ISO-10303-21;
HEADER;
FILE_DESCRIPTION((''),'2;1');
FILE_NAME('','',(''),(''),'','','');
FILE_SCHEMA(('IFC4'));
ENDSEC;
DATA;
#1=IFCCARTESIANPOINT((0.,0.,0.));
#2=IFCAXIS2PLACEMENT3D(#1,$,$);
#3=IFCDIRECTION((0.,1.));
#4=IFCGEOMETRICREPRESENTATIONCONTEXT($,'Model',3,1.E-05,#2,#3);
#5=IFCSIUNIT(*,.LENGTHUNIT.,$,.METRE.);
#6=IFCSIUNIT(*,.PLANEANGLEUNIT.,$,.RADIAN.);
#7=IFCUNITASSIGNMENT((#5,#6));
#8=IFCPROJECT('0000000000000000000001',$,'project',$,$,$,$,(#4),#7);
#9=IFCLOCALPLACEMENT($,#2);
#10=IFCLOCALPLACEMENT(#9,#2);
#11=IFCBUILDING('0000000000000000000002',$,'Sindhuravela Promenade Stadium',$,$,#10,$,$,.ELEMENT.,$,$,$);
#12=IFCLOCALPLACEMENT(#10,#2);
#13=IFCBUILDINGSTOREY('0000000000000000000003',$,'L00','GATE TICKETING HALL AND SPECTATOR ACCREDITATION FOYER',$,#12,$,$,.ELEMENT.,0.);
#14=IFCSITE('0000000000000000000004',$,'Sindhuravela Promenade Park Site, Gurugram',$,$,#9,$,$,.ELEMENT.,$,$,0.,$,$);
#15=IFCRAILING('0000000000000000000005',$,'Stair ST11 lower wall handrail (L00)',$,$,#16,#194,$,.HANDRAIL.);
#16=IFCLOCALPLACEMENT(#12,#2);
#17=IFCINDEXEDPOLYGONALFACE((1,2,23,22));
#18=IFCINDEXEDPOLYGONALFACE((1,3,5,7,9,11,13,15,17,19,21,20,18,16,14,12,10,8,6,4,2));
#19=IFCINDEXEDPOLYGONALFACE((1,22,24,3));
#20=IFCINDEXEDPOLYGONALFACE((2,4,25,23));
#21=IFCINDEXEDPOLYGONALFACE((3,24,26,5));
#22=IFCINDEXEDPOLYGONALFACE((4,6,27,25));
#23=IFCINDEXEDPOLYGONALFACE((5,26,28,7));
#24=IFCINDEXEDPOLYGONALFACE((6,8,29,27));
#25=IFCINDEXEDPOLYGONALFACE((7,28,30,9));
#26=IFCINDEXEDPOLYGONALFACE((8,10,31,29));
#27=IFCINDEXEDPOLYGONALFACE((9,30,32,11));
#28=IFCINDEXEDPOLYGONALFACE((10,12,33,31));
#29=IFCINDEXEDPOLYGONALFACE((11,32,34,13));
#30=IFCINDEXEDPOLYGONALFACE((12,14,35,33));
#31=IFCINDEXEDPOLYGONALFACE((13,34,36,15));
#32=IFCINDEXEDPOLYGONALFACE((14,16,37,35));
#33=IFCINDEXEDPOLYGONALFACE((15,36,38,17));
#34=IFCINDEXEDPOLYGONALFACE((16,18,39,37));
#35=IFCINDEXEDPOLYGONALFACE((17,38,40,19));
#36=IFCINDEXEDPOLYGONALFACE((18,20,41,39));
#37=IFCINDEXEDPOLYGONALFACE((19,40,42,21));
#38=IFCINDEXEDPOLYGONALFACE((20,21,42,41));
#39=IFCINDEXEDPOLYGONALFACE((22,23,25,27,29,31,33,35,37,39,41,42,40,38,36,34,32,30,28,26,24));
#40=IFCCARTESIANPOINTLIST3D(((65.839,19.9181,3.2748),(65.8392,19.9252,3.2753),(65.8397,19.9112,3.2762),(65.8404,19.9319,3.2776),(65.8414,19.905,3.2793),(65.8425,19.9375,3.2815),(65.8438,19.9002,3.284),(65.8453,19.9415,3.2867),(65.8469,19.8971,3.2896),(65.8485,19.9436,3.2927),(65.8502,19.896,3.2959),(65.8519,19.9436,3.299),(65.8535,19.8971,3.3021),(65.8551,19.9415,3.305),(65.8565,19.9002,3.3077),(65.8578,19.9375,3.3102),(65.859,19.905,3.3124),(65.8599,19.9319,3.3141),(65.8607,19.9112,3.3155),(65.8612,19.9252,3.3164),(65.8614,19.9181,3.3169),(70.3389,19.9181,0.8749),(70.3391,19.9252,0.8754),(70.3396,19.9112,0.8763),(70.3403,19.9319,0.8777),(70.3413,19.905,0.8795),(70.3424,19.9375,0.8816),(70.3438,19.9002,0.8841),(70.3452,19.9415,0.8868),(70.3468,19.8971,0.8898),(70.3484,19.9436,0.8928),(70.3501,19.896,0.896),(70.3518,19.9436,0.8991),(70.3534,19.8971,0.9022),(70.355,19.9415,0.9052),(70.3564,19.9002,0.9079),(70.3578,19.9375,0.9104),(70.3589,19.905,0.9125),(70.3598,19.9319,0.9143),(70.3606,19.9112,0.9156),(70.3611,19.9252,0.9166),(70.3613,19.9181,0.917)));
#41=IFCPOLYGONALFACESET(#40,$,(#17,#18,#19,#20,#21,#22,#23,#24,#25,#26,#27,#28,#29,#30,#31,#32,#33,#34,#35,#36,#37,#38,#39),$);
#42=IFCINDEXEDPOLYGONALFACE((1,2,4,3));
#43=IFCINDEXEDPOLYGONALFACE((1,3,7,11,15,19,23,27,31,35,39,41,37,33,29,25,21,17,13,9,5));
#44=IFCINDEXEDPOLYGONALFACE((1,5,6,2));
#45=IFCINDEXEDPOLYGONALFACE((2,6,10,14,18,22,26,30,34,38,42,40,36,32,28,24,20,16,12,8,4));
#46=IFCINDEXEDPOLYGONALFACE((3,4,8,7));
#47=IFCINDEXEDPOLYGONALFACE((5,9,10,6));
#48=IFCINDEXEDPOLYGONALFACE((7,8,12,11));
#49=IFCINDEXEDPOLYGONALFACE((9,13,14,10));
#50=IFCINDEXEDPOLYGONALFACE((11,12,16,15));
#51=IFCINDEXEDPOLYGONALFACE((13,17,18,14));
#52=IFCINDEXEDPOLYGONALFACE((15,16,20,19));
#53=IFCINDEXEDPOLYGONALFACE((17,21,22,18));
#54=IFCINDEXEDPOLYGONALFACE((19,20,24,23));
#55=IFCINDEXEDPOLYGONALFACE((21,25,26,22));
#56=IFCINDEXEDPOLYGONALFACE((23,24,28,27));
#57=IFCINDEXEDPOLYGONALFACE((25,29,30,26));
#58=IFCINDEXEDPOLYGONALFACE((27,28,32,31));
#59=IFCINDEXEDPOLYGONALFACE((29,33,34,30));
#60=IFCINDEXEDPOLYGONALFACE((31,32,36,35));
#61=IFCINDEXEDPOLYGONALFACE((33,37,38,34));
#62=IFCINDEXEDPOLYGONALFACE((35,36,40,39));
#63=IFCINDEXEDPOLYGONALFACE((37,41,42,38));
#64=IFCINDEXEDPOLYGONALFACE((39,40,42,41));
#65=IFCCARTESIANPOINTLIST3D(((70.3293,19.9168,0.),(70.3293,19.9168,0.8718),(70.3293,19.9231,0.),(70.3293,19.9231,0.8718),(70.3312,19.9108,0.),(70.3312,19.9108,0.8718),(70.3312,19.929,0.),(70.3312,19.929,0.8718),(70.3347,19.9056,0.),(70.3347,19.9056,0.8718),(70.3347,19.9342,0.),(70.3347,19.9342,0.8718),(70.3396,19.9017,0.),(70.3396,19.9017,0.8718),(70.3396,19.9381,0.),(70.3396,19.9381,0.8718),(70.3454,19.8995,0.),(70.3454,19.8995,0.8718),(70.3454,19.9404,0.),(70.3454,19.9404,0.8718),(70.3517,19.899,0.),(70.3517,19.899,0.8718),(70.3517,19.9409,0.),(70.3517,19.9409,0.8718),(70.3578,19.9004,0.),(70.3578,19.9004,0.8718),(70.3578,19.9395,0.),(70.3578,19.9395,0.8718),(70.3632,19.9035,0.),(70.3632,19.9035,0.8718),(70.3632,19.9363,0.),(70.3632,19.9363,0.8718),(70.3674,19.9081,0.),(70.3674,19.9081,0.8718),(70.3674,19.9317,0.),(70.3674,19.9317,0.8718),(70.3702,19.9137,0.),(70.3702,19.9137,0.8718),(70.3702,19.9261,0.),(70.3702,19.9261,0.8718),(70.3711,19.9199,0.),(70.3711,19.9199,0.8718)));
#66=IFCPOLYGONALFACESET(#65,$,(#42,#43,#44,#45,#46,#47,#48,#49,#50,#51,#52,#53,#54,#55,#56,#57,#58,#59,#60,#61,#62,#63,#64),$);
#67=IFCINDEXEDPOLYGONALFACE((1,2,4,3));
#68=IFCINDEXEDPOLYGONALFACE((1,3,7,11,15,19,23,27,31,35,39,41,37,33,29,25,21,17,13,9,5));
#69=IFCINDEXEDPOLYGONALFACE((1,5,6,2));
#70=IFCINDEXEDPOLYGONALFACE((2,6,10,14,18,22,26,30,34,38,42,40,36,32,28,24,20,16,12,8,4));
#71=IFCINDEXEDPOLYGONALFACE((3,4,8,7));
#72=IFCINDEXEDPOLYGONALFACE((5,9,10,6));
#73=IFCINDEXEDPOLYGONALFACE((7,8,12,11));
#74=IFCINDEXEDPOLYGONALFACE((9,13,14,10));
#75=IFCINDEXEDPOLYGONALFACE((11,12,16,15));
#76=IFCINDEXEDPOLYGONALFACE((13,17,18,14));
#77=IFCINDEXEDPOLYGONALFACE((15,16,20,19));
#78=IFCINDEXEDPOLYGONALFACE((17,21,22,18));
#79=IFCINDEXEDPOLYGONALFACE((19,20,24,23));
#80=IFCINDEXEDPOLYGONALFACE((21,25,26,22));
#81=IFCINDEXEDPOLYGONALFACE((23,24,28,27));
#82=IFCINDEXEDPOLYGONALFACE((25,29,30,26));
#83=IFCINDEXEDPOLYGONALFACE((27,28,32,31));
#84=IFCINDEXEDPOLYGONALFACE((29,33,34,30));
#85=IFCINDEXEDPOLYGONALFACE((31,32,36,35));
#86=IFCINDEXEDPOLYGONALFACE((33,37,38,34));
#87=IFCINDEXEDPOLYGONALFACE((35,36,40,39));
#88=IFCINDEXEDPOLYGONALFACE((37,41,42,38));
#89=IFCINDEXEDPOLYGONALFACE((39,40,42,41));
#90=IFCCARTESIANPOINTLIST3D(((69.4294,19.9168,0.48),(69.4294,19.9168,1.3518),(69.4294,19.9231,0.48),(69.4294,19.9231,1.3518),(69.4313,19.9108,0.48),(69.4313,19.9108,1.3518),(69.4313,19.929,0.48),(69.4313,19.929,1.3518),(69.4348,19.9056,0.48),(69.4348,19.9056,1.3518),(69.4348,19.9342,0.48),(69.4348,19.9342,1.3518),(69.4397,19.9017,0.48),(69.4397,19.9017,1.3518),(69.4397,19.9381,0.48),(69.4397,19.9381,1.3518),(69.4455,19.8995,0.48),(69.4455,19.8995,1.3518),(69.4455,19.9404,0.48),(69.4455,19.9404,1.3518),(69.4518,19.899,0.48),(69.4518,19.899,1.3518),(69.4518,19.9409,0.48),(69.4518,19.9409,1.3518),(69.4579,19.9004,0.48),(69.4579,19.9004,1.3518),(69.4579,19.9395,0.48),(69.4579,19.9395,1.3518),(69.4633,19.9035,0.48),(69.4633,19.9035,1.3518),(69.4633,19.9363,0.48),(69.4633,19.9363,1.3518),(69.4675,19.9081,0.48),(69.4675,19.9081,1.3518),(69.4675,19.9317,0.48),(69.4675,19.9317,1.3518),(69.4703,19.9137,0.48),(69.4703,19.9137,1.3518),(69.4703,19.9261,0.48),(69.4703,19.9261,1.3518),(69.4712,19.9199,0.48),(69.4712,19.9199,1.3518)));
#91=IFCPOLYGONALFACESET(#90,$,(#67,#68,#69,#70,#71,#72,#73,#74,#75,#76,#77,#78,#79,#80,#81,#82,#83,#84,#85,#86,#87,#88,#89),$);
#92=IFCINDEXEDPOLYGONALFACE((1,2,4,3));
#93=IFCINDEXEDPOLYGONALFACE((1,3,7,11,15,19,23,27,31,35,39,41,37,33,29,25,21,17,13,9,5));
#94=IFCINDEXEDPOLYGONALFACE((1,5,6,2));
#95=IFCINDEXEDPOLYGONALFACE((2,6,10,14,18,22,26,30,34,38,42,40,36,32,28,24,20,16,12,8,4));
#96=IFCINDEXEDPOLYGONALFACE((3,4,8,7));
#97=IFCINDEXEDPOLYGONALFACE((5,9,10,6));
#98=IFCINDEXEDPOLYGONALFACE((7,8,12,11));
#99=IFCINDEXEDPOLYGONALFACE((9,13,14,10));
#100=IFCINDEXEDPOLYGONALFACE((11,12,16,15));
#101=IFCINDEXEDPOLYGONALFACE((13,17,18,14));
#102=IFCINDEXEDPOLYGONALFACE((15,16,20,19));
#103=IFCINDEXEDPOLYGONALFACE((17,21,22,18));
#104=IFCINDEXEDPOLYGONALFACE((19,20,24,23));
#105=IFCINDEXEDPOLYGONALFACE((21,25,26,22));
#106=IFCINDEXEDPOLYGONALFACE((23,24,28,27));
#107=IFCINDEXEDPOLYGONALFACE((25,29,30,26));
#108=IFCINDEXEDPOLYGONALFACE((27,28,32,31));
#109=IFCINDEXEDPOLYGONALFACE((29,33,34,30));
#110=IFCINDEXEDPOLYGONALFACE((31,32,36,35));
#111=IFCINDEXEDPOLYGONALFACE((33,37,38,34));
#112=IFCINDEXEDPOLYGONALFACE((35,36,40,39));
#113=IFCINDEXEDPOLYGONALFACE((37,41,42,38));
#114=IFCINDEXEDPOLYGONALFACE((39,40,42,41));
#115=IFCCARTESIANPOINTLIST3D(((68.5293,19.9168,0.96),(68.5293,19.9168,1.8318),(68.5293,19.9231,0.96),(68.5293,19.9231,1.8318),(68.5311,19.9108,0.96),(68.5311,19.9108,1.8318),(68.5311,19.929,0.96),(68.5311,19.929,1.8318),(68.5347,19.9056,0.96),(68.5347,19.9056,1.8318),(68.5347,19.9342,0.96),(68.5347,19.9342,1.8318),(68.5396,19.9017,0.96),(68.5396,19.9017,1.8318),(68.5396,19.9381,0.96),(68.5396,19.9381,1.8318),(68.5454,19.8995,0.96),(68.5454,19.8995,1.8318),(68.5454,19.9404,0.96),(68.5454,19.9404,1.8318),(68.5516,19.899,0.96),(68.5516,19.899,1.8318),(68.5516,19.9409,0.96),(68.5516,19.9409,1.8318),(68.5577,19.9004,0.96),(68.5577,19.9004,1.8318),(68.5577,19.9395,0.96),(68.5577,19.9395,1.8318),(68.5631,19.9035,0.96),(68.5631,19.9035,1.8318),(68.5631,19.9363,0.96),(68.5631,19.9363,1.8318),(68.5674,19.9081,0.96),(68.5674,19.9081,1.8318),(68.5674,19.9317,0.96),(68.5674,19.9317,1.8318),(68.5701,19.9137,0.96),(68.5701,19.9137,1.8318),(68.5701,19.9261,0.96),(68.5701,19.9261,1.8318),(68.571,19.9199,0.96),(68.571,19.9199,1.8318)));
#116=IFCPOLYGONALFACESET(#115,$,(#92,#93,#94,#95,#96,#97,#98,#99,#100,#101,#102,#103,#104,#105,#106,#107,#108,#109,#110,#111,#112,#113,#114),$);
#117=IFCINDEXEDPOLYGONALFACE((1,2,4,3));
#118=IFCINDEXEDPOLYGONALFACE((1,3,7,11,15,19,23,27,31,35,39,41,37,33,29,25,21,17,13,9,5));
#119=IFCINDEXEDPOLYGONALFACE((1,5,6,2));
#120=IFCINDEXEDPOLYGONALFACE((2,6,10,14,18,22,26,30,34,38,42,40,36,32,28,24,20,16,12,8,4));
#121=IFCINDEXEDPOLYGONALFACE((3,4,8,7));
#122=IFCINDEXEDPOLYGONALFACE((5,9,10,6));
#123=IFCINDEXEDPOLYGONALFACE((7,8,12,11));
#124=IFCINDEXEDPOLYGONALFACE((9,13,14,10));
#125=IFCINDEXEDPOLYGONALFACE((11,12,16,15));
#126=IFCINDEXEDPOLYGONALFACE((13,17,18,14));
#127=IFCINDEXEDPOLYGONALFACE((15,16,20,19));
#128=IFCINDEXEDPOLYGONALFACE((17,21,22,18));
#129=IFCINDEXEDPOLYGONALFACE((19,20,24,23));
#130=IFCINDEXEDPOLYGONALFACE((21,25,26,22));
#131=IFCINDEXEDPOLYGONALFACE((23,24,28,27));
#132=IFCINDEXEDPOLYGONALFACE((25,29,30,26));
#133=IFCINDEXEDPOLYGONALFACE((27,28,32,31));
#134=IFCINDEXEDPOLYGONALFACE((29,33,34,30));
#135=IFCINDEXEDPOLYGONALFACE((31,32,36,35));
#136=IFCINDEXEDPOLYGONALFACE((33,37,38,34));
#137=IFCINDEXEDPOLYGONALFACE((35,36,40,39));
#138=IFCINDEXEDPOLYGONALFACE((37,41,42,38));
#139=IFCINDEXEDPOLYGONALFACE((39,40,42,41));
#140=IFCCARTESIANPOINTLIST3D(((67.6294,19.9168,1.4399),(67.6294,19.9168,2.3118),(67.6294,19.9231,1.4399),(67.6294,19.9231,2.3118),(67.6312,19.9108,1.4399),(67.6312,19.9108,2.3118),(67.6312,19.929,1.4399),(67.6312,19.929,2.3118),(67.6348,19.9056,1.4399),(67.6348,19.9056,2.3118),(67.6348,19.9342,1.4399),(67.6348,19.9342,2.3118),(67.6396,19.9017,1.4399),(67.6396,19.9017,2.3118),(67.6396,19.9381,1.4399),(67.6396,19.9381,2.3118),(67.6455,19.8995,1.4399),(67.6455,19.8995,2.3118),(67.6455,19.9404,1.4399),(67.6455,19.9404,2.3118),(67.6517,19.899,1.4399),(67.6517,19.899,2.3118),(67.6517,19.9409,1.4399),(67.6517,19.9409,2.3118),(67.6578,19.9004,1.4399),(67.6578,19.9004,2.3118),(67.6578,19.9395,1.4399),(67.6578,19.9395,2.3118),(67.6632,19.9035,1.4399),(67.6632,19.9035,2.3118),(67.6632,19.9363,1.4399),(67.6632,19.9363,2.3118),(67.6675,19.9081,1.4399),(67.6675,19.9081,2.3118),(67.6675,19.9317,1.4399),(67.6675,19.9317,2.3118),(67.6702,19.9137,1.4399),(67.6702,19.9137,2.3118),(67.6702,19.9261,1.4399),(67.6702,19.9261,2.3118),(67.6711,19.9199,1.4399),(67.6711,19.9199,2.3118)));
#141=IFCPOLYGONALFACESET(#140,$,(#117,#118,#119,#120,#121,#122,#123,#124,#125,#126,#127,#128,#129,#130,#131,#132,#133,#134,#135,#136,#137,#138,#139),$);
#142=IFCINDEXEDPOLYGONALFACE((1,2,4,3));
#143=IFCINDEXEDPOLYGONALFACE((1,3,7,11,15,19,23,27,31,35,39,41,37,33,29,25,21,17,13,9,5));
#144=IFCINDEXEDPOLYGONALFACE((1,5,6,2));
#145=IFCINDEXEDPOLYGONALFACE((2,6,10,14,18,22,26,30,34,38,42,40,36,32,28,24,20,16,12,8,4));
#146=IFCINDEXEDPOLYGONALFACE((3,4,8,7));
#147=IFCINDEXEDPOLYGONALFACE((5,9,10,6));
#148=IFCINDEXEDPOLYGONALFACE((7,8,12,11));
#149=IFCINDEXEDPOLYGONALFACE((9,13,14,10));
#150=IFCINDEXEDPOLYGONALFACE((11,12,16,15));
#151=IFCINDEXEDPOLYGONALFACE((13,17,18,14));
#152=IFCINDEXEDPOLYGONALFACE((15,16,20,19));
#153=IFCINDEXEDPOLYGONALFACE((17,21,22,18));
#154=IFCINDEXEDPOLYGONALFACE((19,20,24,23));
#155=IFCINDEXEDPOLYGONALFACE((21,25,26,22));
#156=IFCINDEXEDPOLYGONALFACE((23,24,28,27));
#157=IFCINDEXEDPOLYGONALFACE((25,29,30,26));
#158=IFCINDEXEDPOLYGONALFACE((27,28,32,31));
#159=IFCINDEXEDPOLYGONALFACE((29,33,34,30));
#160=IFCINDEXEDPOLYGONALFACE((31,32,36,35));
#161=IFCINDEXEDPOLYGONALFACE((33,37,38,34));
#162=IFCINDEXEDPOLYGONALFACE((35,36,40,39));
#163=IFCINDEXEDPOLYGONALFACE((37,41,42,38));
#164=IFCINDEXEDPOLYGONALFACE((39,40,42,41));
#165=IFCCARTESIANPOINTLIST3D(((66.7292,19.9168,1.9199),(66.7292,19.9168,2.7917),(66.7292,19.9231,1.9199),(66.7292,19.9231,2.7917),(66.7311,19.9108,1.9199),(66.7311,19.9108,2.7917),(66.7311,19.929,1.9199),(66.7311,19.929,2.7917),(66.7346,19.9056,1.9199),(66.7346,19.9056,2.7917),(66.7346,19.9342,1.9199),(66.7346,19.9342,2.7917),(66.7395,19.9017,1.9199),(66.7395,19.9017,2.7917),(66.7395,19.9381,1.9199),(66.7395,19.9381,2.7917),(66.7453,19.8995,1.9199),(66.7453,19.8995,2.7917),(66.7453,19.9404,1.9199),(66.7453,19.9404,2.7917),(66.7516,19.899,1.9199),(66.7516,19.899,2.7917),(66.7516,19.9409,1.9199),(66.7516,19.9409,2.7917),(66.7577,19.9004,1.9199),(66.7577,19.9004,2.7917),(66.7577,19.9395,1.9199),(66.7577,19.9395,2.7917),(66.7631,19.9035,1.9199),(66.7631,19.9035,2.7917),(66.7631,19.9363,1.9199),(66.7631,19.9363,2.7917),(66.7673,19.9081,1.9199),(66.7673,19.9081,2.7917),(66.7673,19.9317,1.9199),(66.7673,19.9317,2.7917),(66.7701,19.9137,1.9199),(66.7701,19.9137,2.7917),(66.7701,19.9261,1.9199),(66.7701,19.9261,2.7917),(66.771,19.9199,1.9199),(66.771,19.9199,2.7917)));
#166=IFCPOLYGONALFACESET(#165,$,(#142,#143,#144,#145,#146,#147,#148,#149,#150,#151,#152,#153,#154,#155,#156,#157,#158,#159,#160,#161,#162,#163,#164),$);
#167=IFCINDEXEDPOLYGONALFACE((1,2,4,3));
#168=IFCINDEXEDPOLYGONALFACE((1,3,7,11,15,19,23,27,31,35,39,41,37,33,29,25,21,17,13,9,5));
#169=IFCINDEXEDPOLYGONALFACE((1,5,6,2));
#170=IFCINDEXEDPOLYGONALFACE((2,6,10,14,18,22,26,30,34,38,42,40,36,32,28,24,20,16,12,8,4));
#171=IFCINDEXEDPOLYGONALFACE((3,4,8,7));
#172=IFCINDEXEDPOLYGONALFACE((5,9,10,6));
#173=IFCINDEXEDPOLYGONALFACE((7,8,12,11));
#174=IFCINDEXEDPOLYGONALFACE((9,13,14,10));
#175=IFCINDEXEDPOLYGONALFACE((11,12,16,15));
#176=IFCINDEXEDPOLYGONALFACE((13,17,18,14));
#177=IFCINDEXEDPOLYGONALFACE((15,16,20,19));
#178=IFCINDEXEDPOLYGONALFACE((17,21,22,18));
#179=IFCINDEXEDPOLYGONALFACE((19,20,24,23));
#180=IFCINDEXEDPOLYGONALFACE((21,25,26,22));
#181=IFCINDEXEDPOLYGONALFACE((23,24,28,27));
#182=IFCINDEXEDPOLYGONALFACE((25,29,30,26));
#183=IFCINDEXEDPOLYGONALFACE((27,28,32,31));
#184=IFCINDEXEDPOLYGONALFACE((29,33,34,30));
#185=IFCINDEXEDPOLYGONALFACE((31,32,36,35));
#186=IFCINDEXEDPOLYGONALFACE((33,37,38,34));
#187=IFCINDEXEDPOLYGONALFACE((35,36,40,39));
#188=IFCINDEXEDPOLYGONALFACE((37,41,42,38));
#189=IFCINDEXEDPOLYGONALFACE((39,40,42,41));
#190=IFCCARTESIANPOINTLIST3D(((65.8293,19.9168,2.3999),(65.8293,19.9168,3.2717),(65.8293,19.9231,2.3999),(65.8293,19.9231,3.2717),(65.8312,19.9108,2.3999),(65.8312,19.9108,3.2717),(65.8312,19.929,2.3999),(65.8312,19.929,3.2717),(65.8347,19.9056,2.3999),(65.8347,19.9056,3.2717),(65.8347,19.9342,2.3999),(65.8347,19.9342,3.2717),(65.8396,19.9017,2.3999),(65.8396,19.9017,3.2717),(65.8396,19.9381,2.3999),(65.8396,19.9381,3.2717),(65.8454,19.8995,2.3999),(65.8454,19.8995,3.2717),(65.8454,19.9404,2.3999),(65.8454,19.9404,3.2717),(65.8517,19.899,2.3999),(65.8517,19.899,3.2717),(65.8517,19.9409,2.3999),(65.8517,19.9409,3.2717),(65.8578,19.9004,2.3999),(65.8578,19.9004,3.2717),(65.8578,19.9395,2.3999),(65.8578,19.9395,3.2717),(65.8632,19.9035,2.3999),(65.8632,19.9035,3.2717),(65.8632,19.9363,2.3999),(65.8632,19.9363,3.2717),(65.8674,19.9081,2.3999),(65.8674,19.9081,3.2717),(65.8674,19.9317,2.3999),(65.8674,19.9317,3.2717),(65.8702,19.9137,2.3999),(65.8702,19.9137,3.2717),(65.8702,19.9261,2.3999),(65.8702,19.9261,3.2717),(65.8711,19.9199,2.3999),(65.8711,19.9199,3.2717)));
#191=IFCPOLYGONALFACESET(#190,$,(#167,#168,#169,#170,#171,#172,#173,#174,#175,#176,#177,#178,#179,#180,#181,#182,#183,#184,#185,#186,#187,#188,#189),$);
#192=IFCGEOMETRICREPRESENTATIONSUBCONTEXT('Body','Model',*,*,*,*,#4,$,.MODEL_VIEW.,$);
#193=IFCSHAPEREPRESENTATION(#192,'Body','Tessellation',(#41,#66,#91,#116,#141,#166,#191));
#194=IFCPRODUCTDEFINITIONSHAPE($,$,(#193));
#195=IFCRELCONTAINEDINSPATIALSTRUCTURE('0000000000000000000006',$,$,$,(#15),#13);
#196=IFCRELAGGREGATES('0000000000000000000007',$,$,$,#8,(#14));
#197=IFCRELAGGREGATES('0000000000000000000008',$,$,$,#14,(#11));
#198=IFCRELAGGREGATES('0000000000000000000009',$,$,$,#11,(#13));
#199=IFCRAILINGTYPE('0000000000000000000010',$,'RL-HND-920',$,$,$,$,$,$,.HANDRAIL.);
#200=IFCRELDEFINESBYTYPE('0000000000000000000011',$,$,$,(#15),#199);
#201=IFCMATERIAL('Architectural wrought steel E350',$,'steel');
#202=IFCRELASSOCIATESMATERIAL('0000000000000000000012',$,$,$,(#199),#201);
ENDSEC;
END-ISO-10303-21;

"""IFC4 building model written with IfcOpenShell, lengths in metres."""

from ifc_helpers import new_model, si_unit, direction, frame, origin, origin_2d, place, context, subcontext, project, spatial, circle, extrude, material, type_object, element, save


model = new_model("IFC4")

# Units and contexts
model_context = context("Model", 3, precision=1e-05, world=origin(), true_north=direction((0.0, 1.0)))
body_context = subcontext(model_context, "Body", "Model", "MODEL_VIEW")
ifc_project = project(units=[si_unit("LENGTHUNIT", "METRE"), si_unit("PLANEANGLEUNIT", "RADIAN")], contexts=[model_context])

# Site, building, storey
site_placement = place(None, origin())
site = spatial("IfcSite", under=ifc_project, at=site_placement, Name="Sindhuravela Promenade Park Site, Gurugram", CompositionType="ELEMENT", RefElevation=0.0)
building_placement = place(site_placement, origin())
building = spatial("IfcBuilding", under=site, at=building_placement, Name="Sindhuravela Promenade Stadium", CompositionType="ELEMENT")
storey_placement = place(building_placement, origin())
storey = spatial("IfcBuildingStorey", under=building, at=storey_placement, Name="L00", Description="GATE TICKETING HALL AND SPECTATOR ACCREDITATION FOYER", CompositionType="ELEMENT", Elevation=0.0)

# Shared definitions
ifc_material_1 = material(Name="Architectural wrought steel E350", Category="steel")

# Railing
railing_type_1 = type_object("IfcRailingType", Name="RL-HND-920", PredefinedType="HANDRAIL", material=ifc_material_1)
railing_1_placement = place(storey_placement, frame((70.3501, 19.9199, 0.0)))
element("IfcRailing", 1, at=railing_1_placement, inside=storey, type_object=railing_type_1, Name="Stair ST11 lower wall handrail (L00)", PredefinedType="HANDRAIL", context=body_context, shape_type="SweptSolid", body=[
    extrude(circle(Radius=0.0239, at=origin_2d()), frame((0.0, 0.0, 0.896), z_axis=(-0.882361, 0.0, 0.470573), x_axis=(0.0, -1.0, 0.0)), (0.0, 0.0, 1.0), 5.0999),
    extrude(circle(Radius=0.021, at=origin_2d()), origin(), (0.0, 0.0, 1.0), 0.8718),
    extrude(circle(Radius=0.021, at=origin_2d()), frame((-0.8999, 0.0, 0.48)), (0.0, 0.0, 1.0), 0.8718),
    extrude(circle(Radius=0.021, at=origin_2d()), frame((-1.8, 0.0, 0.96)), (0.0, 0.0, 1.0), 0.8718),
    extrude(circle(Radius=0.021, at=origin_2d()), frame((-2.7, 0.0, 1.4399)), (0.0, 0.0, 1.0), 0.8718),
    extrude(circle(Radius=0.021, at=origin_2d()), frame((-3.6001, 0.0, 1.9199)), (0.0, 0.0, 1.0), 0.8718),
    extrude(circle(Radius=0.021, at=origin_2d()), frame((-4.5, 0.0, 2.3999)), (0.0, 0.0, 1.0), 0.8718),
])

save(model, "model.ifc")
